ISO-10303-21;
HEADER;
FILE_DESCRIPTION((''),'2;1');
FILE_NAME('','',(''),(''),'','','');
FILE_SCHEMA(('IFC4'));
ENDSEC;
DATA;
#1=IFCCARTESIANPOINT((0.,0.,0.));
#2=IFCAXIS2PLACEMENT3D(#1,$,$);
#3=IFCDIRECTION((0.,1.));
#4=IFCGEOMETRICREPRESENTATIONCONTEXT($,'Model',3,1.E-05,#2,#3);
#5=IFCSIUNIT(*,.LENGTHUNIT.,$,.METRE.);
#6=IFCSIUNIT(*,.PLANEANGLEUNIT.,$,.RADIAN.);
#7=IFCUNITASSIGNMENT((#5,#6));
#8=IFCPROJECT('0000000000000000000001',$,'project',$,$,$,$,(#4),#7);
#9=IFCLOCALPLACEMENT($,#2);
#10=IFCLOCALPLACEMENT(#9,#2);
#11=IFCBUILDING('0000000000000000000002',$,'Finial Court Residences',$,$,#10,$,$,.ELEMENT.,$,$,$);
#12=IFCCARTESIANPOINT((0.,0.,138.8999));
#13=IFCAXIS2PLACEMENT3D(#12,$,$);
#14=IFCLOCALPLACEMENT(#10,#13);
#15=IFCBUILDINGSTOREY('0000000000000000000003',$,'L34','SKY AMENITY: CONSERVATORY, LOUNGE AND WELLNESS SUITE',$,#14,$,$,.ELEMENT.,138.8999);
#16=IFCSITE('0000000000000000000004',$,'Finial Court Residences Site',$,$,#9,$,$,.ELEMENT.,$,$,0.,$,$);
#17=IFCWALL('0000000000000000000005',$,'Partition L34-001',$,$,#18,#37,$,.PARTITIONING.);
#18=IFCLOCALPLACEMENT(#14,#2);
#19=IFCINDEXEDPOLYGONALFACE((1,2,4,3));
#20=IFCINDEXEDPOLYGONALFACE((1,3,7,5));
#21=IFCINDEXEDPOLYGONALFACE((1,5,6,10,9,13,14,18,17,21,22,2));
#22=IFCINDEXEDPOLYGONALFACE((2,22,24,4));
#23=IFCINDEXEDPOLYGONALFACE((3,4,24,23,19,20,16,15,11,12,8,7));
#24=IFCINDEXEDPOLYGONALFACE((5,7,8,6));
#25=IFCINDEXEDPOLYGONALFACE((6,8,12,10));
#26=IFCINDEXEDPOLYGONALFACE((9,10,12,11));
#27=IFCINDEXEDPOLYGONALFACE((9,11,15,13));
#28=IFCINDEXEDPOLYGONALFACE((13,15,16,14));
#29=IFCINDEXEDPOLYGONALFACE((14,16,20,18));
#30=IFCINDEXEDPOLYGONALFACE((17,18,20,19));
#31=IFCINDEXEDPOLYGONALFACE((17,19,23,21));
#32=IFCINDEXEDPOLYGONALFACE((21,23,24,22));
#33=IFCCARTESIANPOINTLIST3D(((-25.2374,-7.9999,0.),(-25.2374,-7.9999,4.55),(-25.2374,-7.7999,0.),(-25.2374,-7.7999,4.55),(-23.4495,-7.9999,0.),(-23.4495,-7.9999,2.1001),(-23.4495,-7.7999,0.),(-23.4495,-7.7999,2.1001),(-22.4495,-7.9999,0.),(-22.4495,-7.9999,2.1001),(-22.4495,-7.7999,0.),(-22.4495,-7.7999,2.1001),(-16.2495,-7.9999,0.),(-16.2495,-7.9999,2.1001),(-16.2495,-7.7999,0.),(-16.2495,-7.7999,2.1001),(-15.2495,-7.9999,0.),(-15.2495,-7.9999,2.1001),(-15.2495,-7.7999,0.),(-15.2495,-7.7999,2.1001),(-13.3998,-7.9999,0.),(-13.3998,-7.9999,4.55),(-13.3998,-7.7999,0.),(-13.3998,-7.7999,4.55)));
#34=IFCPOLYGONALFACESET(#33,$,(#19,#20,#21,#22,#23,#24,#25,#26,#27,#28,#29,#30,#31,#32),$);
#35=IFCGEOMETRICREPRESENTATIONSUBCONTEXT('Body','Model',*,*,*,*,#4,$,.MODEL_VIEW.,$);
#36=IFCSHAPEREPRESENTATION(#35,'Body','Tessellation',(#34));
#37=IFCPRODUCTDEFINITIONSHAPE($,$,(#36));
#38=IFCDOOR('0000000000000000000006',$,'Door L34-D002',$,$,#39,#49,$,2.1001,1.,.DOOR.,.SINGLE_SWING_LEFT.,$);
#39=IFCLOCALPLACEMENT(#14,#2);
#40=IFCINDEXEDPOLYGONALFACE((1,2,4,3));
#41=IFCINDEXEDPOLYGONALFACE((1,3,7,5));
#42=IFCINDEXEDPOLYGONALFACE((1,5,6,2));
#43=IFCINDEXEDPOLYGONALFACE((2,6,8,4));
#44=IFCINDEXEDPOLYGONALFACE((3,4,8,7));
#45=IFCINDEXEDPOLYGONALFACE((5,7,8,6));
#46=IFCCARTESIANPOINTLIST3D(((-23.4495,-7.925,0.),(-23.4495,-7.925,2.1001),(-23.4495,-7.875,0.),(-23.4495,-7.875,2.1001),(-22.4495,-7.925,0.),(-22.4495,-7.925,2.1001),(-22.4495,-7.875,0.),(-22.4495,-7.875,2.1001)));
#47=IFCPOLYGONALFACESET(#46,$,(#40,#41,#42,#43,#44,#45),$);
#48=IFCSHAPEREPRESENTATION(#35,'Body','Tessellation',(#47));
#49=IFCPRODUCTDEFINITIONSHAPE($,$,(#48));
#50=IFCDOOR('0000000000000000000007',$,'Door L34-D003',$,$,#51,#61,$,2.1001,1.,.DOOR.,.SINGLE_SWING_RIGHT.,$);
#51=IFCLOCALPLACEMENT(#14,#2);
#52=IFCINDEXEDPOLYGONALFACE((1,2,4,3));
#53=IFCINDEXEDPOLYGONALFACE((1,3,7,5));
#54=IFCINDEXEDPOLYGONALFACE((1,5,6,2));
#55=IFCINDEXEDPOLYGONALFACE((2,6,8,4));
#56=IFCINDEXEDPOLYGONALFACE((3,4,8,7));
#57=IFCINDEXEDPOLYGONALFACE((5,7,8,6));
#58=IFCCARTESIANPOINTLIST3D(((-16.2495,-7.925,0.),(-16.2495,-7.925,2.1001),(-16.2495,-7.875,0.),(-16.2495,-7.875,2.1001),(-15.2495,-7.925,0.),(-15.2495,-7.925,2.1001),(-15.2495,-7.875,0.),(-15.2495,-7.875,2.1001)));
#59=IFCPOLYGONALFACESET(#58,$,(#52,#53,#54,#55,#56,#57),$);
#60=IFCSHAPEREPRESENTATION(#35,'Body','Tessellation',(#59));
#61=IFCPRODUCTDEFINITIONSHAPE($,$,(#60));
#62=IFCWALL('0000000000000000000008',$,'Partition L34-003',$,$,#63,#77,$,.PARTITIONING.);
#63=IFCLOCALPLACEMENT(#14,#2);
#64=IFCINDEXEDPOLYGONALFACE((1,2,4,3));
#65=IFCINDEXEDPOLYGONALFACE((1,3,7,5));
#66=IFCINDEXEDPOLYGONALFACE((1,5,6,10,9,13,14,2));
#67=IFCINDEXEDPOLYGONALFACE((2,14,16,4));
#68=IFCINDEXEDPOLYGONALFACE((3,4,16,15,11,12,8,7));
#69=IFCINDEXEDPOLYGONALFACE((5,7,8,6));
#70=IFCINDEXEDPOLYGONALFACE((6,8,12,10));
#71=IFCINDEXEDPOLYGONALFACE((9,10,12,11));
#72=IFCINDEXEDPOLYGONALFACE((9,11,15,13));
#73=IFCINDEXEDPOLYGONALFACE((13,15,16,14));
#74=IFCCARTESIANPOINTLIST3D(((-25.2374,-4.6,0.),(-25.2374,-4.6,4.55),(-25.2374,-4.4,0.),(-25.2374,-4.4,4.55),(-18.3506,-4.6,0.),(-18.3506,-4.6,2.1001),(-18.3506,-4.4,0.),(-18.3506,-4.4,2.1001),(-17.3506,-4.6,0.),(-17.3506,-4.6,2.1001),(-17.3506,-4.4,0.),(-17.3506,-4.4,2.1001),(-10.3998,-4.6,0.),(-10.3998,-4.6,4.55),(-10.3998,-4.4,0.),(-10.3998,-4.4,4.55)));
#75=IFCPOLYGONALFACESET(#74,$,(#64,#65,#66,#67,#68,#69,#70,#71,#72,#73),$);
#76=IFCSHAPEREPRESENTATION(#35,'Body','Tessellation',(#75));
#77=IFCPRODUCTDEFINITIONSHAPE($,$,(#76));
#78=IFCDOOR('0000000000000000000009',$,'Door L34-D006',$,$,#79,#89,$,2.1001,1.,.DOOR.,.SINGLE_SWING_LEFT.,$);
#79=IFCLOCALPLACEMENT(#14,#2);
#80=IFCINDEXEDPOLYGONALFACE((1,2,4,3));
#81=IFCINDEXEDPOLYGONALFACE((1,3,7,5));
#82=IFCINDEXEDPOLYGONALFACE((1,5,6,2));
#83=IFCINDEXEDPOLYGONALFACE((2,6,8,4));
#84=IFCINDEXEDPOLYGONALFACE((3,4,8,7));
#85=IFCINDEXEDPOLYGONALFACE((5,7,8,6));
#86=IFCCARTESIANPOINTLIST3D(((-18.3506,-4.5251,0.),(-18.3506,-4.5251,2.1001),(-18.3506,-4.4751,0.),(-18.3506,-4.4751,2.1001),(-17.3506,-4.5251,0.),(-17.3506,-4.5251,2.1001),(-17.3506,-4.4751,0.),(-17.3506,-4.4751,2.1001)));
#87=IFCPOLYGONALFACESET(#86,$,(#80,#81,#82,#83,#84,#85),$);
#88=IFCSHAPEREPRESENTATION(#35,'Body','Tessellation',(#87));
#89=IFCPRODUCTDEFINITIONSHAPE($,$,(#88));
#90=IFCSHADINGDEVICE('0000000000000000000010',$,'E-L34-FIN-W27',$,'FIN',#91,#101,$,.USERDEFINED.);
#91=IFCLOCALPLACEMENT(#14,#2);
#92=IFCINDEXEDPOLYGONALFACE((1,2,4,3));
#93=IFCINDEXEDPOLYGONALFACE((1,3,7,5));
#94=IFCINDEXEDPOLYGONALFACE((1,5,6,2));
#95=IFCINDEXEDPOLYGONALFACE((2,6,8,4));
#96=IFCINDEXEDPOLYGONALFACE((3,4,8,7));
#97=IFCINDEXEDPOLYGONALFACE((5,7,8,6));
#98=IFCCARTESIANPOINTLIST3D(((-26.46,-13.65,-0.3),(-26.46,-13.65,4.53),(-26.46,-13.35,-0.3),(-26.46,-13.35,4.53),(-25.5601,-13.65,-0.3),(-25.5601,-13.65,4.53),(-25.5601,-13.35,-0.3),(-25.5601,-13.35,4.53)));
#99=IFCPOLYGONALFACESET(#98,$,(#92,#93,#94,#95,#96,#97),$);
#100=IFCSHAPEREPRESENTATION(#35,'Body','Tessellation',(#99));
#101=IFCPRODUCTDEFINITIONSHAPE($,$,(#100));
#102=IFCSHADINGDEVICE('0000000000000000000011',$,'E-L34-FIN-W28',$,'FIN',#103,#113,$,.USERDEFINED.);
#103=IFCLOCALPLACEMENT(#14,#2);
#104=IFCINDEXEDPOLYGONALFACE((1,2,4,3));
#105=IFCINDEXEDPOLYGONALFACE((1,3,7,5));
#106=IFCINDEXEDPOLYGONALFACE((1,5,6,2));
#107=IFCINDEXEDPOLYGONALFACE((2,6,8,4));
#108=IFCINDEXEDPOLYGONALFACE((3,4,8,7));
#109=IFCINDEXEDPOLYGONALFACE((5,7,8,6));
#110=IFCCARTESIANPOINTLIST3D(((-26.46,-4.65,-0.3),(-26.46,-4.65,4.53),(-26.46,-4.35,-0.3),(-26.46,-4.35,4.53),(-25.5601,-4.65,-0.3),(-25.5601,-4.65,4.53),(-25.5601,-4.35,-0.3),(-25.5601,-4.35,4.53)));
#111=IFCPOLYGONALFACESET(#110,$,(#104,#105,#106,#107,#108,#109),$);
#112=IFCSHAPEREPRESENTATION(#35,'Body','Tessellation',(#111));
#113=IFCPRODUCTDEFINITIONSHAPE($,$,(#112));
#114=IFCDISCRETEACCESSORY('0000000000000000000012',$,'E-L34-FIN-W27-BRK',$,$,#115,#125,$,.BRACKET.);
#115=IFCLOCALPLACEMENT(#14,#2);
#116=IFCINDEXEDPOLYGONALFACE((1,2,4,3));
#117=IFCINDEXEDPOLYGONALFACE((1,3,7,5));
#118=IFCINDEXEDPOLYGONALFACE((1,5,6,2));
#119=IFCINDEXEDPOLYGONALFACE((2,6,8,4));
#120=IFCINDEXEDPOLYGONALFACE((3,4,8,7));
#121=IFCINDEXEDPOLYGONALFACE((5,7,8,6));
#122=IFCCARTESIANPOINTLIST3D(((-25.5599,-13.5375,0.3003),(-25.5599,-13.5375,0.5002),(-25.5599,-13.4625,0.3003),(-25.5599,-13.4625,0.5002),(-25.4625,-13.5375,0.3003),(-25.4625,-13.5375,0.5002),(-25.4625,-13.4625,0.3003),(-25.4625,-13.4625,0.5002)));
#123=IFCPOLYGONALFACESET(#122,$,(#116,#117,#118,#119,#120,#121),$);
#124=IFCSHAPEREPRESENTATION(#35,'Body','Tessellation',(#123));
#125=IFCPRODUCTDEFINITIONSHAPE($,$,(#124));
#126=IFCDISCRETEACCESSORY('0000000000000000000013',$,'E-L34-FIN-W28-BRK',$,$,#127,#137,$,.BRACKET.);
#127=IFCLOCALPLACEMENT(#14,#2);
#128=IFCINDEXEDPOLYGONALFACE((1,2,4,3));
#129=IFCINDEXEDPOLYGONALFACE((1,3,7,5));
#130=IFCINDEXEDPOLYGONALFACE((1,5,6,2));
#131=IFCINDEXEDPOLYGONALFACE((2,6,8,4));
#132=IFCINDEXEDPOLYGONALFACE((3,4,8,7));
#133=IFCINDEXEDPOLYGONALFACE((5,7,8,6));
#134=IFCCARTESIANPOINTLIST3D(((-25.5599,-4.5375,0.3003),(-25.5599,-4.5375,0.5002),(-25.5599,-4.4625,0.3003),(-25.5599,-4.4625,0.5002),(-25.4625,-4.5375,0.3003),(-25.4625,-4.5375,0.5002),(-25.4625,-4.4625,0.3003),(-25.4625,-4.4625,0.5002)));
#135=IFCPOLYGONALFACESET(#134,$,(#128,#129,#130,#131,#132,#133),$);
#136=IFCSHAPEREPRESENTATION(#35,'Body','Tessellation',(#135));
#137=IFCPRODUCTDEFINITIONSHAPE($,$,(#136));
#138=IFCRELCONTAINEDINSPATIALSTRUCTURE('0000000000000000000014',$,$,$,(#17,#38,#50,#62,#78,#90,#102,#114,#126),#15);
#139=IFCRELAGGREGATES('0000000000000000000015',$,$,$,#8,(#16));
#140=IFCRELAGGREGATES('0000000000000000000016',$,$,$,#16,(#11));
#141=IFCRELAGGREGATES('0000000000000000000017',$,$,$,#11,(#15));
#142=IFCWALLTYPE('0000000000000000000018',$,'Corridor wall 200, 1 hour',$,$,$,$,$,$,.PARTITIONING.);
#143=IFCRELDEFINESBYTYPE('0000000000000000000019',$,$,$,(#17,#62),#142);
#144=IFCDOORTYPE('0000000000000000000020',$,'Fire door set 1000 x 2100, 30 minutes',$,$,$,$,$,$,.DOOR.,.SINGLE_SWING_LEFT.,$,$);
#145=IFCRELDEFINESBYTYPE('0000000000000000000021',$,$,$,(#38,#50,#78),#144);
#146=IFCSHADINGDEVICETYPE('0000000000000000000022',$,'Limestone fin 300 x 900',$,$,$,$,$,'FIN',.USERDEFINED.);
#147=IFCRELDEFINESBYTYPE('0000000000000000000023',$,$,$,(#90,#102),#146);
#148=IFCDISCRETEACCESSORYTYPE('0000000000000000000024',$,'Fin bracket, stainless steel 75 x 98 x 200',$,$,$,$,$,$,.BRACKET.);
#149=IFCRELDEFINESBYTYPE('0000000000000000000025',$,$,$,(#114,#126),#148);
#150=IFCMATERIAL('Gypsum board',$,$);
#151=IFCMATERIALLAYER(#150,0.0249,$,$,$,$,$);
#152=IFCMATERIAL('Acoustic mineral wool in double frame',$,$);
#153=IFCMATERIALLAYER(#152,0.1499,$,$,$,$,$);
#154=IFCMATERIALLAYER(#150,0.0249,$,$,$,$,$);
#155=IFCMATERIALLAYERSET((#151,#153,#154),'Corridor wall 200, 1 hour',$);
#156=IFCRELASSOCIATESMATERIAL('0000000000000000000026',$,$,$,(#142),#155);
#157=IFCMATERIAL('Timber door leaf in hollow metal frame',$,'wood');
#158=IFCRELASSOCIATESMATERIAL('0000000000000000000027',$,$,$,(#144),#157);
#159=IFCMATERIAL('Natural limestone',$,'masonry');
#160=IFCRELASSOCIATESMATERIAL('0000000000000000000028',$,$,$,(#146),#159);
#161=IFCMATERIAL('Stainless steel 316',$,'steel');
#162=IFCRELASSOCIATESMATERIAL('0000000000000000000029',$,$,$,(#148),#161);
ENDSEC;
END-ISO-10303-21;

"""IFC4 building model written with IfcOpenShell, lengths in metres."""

from ifc_helpers import new_model, si_unit, direction, frame, frame_2d, origin, origin_2d, place, context, subcontext, project, spatial, rectangle, extrude, material, layer, layer_set, type_object, element, fill, save


model = new_model("IFC4")

# Units and contexts
model_context = context("Model", 3, precision=1e-05, world=origin(), true_north=direction((0.0, 1.0)))
body_context = subcontext(model_context, "Body", "Model", "MODEL_VIEW")
ifc_project = project(units=[si_unit("LENGTHUNIT", "METRE"), si_unit("PLANEANGLEUNIT", "RADIAN")], contexts=[model_context])

# Site, building, storey
site_placement = place(None, origin())
site = spatial("IfcSite", under=ifc_project, at=site_placement, Name="Finial Court Residences Site", CompositionType="ELEMENT", RefElevation=0.0)
building_placement = place(site_placement, origin())
building = spatial("IfcBuilding", under=site, at=building_placement, Name="Finial Court Residences", CompositionType="ELEMENT")
storey_placement = place(building_placement, frame((0.0, 0.0, 138.8999)))
storey = spatial("IfcBuildingStorey", under=building, at=storey_placement, Name="L34", Description="SKY AMENITY: CONSERVATORY, LOUNGE AND WELLNESS SUITE", CompositionType="ELEMENT", Elevation=138.8999)

# Wall, openings, doors
ifc_material_1 = material(Name="Gypsum board")
ifc_layer_1 = layer(ifc_material_1, 0.0249)
ifc_material_2 = material(Name="Acoustic mineral wool in double frame")
ifc_layer_2 = layer(ifc_material_2, 0.1499)
ifc_layer_3 = layer(ifc_material_1, 0.0249)
ifc_layer_set_1 = layer_set([ifc_layer_1, ifc_layer_2, ifc_layer_3], Name="Corridor wall 200, 1 hour")
wall_type = type_object("IfcWallType", Name="Corridor wall 200, 1 hour", PredefinedType="PARTITIONING", material=ifc_layer_set_1)
wall_1_placement = place(storey_placement, frame((-25.2375, -7.8999, 0.0), z_axis=(0.0, 0.0, 1.0), x_axis=(1.0, 0.0, 0.0)))
wall_1 = element("IfcWall", 1, at=wall_1_placement, inside=storey, type_object=wall_type, Name="Partition L34-001", PredefinedType="PARTITIONING", context=body_context, shape_type="SweptSolid", body=[
    extrude(rectangle(XDim=11.8376, YDim=0.2, at=frame_2d((5.9189, 0.0))), origin(), (0.0, 0.0, 1.0), 4.55),
])
opening_1_placement = place(wall_1_placement, frame((1.7881, 0.0, 0.0)))
opening_1 = element("IfcOpeningElement", 2, at=opening_1_placement, cuts=wall_1, PredefinedType="OPENING", context=body_context, shape_type="SweptSolid", body=[
    extrude(rectangle(XDim=1.0, YDim=2.1001, at=frame_2d((0.5, 1.05))), frame((0.0, 0.1099, 0.0), z_axis=(0.0, -1.0, 0.0), x_axis=(1.0, 0.0, 0.0)), (0.0, 0.0, 1.0), 0.22),
])
opening_2_placement = place(wall_1_placement, frame((8.988, 0.0, 0.0)))
opening_2 = element("IfcOpeningElement", 3, at=opening_2_placement, cuts=wall_1, PredefinedType="OPENING", context=body_context, shape_type="SweptSolid", body=[
    extrude(rectangle(XDim=1.0, YDim=2.1001, at=frame_2d((0.5, 1.05))), frame((0.0, 0.1099, 0.0), z_axis=(0.0, -1.0, 0.0), x_axis=(1.0, 0.0, 0.0)), (0.0, 0.0, 1.0), 0.22),
])
ifc_material_3 = material(Name="Timber door leaf in hollow metal frame", Category="wood")
door_type = type_object("IfcDoorType", Name="Fire door set 1000 x 2100, 30 minutes", OperationType="SINGLE_SWING_LEFT", PredefinedType="DOOR", material=ifc_material_3)
door_1_placement = place(opening_1_placement, origin())
door_1 = element("IfcDoor", 4, at=door_1_placement, inside=storey, type_object=door_type, Name="Door L34-D002", OperationType="SINGLE_SWING_LEFT", OverallHeight=2.1001, OverallWidth=1.0, PredefinedType="DOOR", context=body_context, shape_type="SweptSolid", body=[
    extrude(rectangle(XDim=1.0, YDim=2.1001, at=frame_2d((0.5, 1.05))), frame((0.0, 0.0249, 0.0), z_axis=(0.0, -1.0, 0.0), x_axis=(1.0, 0.0, 0.0)), (0.0, 0.0, 1.0), 0.05),
])
fill(opening_1, door_1)
door_2_placement = place(opening_2_placement, origin())
door_2 = element("IfcDoor", 5, at=door_2_placement, inside=storey, type_object=door_type, Name="Door L34-D003", OperationType="SINGLE_SWING_RIGHT", OverallHeight=2.1001, OverallWidth=1.0, PredefinedType="DOOR", context=body_context, shape_type="SweptSolid", body=[
    extrude(rectangle(XDim=1.0, YDim=2.1001, at=frame_2d((0.5, 1.05))), frame((0.0, 0.0249, 0.0), z_axis=(0.0, -1.0, 0.0), x_axis=(1.0, 0.0, 0.0)), (0.0, 0.0, 1.0), 0.05),
])
fill(opening_2, door_2)

# Wall, opening, door
wall_2_placement = place(storey_placement, frame((-25.2375, -4.5, 0.0), z_axis=(0.0, 0.0, 1.0), x_axis=(1.0, 0.0, 0.0)))
wall_2 = element("IfcWall", 6, at=wall_2_placement, inside=storey, type_object=wall_type, Name="Partition L34-003", PredefinedType="PARTITIONING", context=body_context, shape_type="SweptSolid", body=[
    extrude(rectangle(XDim=14.8376, YDim=0.2, at=frame_2d((7.4189, 0.0))), origin(), (0.0, 0.0, 1.0), 4.55),
])
opening_3_placement = place(wall_2_placement, frame((6.887, 0.0, 0.0)))
opening_3 = element("IfcOpeningElement", 7, at=opening_3_placement, cuts=wall_2, PredefinedType="OPENING", context=body_context, shape_type="SweptSolid", body=[
    extrude(rectangle(XDim=1.0, YDim=2.1001, at=frame_2d((0.5, 1.05))), frame((0.0, 0.1099, 0.0), z_axis=(0.0, -1.0, 0.0), x_axis=(1.0, 0.0, 0.0)), (0.0, 0.0, 1.0), 0.22),
])
door_3_placement = place(opening_3_placement, origin())
door_3 = element("IfcDoor", 8, at=door_3_placement, inside=storey, type_object=door_type, Name="Door L34-D006", OperationType="SINGLE_SWING_LEFT", OverallHeight=2.1001, OverallWidth=1.0, PredefinedType="DOOR", context=body_context, shape_type="SweptSolid", body=[
    extrude(rectangle(XDim=1.0, YDim=2.1001, at=frame_2d((0.5, 1.05))), frame((0.0, 0.0249, 0.0), z_axis=(0.0, -1.0, 0.0), x_axis=(1.0, 0.0, 0.0)), (0.0, 0.0, 1.0), 0.05),
])
fill(opening_3, door_3)

# Shading devices
ifc_material_4 = material(Name="Natural limestone", Category="masonry")
shading_device_type = type_object("IfcShadingDeviceType", Name="Limestone fin 300 x 900", ElementType="FIN", PredefinedType="USERDEFINED", material=ifc_material_4)
for number, where, z_axis, x_axis, name in (
    (9, (-26.01, -13.5, -0.3), (0.0, 0.0, 1.0), (1.0, 0.0, 0.0), "E-L34-FIN-W27"),
    (10, (-26.01, -4.5, -0.3), (0.0, 0.0, 1.0), (1.0, 0.0, 0.0), "E-L34-FIN-W28"),
):
    element("IfcShadingDevice", number, at=place(storey_placement, frame(where, z_axis=z_axis, x_axis=x_axis)), inside=storey, type_object=shading_device_type, Name=name, ObjectType="FIN", PredefinedType="USERDEFINED", context=body_context, shape_type="SweptSolid", body=[
        extrude(rectangle(XDim=0.8999, YDim=0.3, at=origin_2d()), origin(), (0.0, 0.0, 1.0), 4.8301),
    ])

# Discrete accessories
ifc_material_5 = material(Name="Stainless steel 316", Category="steel")
discrete_accessory_type = type_object("IfcDiscreteAccessoryType", Name="Fin bracket, stainless steel 75 x 98 x 200", PredefinedType="BRACKET", material=ifc_material_5)
for number, where, z_axis, x_axis, name in (
    (11, (-25.5112, -13.5, 0.3003), (0.0, 0.0, 1.0), (1.0, 0.0, 0.0), "E-L34-FIN-W27-BRK"),
    (12, (-25.5112, -4.5, 0.3003), (0.0, 0.0, 1.0), (1.0, 0.0, 0.0), "E-L34-FIN-W28-BRK"),
):
    element("IfcDiscreteAccessory", number, at=place(storey_placement, frame(where, z_axis=z_axis, x_axis=x_axis)), inside=storey, type_object=discrete_accessory_type, Name=name, PredefinedType="BRACKET", context=body_context, shape_type="SweptSolid", body=[
        extrude(rectangle(XDim=0.0974, YDim=0.075, at=origin_2d()), origin(), (0.0, 0.0, 1.0), 0.2),
    ])

save(model, "model.ifc")
